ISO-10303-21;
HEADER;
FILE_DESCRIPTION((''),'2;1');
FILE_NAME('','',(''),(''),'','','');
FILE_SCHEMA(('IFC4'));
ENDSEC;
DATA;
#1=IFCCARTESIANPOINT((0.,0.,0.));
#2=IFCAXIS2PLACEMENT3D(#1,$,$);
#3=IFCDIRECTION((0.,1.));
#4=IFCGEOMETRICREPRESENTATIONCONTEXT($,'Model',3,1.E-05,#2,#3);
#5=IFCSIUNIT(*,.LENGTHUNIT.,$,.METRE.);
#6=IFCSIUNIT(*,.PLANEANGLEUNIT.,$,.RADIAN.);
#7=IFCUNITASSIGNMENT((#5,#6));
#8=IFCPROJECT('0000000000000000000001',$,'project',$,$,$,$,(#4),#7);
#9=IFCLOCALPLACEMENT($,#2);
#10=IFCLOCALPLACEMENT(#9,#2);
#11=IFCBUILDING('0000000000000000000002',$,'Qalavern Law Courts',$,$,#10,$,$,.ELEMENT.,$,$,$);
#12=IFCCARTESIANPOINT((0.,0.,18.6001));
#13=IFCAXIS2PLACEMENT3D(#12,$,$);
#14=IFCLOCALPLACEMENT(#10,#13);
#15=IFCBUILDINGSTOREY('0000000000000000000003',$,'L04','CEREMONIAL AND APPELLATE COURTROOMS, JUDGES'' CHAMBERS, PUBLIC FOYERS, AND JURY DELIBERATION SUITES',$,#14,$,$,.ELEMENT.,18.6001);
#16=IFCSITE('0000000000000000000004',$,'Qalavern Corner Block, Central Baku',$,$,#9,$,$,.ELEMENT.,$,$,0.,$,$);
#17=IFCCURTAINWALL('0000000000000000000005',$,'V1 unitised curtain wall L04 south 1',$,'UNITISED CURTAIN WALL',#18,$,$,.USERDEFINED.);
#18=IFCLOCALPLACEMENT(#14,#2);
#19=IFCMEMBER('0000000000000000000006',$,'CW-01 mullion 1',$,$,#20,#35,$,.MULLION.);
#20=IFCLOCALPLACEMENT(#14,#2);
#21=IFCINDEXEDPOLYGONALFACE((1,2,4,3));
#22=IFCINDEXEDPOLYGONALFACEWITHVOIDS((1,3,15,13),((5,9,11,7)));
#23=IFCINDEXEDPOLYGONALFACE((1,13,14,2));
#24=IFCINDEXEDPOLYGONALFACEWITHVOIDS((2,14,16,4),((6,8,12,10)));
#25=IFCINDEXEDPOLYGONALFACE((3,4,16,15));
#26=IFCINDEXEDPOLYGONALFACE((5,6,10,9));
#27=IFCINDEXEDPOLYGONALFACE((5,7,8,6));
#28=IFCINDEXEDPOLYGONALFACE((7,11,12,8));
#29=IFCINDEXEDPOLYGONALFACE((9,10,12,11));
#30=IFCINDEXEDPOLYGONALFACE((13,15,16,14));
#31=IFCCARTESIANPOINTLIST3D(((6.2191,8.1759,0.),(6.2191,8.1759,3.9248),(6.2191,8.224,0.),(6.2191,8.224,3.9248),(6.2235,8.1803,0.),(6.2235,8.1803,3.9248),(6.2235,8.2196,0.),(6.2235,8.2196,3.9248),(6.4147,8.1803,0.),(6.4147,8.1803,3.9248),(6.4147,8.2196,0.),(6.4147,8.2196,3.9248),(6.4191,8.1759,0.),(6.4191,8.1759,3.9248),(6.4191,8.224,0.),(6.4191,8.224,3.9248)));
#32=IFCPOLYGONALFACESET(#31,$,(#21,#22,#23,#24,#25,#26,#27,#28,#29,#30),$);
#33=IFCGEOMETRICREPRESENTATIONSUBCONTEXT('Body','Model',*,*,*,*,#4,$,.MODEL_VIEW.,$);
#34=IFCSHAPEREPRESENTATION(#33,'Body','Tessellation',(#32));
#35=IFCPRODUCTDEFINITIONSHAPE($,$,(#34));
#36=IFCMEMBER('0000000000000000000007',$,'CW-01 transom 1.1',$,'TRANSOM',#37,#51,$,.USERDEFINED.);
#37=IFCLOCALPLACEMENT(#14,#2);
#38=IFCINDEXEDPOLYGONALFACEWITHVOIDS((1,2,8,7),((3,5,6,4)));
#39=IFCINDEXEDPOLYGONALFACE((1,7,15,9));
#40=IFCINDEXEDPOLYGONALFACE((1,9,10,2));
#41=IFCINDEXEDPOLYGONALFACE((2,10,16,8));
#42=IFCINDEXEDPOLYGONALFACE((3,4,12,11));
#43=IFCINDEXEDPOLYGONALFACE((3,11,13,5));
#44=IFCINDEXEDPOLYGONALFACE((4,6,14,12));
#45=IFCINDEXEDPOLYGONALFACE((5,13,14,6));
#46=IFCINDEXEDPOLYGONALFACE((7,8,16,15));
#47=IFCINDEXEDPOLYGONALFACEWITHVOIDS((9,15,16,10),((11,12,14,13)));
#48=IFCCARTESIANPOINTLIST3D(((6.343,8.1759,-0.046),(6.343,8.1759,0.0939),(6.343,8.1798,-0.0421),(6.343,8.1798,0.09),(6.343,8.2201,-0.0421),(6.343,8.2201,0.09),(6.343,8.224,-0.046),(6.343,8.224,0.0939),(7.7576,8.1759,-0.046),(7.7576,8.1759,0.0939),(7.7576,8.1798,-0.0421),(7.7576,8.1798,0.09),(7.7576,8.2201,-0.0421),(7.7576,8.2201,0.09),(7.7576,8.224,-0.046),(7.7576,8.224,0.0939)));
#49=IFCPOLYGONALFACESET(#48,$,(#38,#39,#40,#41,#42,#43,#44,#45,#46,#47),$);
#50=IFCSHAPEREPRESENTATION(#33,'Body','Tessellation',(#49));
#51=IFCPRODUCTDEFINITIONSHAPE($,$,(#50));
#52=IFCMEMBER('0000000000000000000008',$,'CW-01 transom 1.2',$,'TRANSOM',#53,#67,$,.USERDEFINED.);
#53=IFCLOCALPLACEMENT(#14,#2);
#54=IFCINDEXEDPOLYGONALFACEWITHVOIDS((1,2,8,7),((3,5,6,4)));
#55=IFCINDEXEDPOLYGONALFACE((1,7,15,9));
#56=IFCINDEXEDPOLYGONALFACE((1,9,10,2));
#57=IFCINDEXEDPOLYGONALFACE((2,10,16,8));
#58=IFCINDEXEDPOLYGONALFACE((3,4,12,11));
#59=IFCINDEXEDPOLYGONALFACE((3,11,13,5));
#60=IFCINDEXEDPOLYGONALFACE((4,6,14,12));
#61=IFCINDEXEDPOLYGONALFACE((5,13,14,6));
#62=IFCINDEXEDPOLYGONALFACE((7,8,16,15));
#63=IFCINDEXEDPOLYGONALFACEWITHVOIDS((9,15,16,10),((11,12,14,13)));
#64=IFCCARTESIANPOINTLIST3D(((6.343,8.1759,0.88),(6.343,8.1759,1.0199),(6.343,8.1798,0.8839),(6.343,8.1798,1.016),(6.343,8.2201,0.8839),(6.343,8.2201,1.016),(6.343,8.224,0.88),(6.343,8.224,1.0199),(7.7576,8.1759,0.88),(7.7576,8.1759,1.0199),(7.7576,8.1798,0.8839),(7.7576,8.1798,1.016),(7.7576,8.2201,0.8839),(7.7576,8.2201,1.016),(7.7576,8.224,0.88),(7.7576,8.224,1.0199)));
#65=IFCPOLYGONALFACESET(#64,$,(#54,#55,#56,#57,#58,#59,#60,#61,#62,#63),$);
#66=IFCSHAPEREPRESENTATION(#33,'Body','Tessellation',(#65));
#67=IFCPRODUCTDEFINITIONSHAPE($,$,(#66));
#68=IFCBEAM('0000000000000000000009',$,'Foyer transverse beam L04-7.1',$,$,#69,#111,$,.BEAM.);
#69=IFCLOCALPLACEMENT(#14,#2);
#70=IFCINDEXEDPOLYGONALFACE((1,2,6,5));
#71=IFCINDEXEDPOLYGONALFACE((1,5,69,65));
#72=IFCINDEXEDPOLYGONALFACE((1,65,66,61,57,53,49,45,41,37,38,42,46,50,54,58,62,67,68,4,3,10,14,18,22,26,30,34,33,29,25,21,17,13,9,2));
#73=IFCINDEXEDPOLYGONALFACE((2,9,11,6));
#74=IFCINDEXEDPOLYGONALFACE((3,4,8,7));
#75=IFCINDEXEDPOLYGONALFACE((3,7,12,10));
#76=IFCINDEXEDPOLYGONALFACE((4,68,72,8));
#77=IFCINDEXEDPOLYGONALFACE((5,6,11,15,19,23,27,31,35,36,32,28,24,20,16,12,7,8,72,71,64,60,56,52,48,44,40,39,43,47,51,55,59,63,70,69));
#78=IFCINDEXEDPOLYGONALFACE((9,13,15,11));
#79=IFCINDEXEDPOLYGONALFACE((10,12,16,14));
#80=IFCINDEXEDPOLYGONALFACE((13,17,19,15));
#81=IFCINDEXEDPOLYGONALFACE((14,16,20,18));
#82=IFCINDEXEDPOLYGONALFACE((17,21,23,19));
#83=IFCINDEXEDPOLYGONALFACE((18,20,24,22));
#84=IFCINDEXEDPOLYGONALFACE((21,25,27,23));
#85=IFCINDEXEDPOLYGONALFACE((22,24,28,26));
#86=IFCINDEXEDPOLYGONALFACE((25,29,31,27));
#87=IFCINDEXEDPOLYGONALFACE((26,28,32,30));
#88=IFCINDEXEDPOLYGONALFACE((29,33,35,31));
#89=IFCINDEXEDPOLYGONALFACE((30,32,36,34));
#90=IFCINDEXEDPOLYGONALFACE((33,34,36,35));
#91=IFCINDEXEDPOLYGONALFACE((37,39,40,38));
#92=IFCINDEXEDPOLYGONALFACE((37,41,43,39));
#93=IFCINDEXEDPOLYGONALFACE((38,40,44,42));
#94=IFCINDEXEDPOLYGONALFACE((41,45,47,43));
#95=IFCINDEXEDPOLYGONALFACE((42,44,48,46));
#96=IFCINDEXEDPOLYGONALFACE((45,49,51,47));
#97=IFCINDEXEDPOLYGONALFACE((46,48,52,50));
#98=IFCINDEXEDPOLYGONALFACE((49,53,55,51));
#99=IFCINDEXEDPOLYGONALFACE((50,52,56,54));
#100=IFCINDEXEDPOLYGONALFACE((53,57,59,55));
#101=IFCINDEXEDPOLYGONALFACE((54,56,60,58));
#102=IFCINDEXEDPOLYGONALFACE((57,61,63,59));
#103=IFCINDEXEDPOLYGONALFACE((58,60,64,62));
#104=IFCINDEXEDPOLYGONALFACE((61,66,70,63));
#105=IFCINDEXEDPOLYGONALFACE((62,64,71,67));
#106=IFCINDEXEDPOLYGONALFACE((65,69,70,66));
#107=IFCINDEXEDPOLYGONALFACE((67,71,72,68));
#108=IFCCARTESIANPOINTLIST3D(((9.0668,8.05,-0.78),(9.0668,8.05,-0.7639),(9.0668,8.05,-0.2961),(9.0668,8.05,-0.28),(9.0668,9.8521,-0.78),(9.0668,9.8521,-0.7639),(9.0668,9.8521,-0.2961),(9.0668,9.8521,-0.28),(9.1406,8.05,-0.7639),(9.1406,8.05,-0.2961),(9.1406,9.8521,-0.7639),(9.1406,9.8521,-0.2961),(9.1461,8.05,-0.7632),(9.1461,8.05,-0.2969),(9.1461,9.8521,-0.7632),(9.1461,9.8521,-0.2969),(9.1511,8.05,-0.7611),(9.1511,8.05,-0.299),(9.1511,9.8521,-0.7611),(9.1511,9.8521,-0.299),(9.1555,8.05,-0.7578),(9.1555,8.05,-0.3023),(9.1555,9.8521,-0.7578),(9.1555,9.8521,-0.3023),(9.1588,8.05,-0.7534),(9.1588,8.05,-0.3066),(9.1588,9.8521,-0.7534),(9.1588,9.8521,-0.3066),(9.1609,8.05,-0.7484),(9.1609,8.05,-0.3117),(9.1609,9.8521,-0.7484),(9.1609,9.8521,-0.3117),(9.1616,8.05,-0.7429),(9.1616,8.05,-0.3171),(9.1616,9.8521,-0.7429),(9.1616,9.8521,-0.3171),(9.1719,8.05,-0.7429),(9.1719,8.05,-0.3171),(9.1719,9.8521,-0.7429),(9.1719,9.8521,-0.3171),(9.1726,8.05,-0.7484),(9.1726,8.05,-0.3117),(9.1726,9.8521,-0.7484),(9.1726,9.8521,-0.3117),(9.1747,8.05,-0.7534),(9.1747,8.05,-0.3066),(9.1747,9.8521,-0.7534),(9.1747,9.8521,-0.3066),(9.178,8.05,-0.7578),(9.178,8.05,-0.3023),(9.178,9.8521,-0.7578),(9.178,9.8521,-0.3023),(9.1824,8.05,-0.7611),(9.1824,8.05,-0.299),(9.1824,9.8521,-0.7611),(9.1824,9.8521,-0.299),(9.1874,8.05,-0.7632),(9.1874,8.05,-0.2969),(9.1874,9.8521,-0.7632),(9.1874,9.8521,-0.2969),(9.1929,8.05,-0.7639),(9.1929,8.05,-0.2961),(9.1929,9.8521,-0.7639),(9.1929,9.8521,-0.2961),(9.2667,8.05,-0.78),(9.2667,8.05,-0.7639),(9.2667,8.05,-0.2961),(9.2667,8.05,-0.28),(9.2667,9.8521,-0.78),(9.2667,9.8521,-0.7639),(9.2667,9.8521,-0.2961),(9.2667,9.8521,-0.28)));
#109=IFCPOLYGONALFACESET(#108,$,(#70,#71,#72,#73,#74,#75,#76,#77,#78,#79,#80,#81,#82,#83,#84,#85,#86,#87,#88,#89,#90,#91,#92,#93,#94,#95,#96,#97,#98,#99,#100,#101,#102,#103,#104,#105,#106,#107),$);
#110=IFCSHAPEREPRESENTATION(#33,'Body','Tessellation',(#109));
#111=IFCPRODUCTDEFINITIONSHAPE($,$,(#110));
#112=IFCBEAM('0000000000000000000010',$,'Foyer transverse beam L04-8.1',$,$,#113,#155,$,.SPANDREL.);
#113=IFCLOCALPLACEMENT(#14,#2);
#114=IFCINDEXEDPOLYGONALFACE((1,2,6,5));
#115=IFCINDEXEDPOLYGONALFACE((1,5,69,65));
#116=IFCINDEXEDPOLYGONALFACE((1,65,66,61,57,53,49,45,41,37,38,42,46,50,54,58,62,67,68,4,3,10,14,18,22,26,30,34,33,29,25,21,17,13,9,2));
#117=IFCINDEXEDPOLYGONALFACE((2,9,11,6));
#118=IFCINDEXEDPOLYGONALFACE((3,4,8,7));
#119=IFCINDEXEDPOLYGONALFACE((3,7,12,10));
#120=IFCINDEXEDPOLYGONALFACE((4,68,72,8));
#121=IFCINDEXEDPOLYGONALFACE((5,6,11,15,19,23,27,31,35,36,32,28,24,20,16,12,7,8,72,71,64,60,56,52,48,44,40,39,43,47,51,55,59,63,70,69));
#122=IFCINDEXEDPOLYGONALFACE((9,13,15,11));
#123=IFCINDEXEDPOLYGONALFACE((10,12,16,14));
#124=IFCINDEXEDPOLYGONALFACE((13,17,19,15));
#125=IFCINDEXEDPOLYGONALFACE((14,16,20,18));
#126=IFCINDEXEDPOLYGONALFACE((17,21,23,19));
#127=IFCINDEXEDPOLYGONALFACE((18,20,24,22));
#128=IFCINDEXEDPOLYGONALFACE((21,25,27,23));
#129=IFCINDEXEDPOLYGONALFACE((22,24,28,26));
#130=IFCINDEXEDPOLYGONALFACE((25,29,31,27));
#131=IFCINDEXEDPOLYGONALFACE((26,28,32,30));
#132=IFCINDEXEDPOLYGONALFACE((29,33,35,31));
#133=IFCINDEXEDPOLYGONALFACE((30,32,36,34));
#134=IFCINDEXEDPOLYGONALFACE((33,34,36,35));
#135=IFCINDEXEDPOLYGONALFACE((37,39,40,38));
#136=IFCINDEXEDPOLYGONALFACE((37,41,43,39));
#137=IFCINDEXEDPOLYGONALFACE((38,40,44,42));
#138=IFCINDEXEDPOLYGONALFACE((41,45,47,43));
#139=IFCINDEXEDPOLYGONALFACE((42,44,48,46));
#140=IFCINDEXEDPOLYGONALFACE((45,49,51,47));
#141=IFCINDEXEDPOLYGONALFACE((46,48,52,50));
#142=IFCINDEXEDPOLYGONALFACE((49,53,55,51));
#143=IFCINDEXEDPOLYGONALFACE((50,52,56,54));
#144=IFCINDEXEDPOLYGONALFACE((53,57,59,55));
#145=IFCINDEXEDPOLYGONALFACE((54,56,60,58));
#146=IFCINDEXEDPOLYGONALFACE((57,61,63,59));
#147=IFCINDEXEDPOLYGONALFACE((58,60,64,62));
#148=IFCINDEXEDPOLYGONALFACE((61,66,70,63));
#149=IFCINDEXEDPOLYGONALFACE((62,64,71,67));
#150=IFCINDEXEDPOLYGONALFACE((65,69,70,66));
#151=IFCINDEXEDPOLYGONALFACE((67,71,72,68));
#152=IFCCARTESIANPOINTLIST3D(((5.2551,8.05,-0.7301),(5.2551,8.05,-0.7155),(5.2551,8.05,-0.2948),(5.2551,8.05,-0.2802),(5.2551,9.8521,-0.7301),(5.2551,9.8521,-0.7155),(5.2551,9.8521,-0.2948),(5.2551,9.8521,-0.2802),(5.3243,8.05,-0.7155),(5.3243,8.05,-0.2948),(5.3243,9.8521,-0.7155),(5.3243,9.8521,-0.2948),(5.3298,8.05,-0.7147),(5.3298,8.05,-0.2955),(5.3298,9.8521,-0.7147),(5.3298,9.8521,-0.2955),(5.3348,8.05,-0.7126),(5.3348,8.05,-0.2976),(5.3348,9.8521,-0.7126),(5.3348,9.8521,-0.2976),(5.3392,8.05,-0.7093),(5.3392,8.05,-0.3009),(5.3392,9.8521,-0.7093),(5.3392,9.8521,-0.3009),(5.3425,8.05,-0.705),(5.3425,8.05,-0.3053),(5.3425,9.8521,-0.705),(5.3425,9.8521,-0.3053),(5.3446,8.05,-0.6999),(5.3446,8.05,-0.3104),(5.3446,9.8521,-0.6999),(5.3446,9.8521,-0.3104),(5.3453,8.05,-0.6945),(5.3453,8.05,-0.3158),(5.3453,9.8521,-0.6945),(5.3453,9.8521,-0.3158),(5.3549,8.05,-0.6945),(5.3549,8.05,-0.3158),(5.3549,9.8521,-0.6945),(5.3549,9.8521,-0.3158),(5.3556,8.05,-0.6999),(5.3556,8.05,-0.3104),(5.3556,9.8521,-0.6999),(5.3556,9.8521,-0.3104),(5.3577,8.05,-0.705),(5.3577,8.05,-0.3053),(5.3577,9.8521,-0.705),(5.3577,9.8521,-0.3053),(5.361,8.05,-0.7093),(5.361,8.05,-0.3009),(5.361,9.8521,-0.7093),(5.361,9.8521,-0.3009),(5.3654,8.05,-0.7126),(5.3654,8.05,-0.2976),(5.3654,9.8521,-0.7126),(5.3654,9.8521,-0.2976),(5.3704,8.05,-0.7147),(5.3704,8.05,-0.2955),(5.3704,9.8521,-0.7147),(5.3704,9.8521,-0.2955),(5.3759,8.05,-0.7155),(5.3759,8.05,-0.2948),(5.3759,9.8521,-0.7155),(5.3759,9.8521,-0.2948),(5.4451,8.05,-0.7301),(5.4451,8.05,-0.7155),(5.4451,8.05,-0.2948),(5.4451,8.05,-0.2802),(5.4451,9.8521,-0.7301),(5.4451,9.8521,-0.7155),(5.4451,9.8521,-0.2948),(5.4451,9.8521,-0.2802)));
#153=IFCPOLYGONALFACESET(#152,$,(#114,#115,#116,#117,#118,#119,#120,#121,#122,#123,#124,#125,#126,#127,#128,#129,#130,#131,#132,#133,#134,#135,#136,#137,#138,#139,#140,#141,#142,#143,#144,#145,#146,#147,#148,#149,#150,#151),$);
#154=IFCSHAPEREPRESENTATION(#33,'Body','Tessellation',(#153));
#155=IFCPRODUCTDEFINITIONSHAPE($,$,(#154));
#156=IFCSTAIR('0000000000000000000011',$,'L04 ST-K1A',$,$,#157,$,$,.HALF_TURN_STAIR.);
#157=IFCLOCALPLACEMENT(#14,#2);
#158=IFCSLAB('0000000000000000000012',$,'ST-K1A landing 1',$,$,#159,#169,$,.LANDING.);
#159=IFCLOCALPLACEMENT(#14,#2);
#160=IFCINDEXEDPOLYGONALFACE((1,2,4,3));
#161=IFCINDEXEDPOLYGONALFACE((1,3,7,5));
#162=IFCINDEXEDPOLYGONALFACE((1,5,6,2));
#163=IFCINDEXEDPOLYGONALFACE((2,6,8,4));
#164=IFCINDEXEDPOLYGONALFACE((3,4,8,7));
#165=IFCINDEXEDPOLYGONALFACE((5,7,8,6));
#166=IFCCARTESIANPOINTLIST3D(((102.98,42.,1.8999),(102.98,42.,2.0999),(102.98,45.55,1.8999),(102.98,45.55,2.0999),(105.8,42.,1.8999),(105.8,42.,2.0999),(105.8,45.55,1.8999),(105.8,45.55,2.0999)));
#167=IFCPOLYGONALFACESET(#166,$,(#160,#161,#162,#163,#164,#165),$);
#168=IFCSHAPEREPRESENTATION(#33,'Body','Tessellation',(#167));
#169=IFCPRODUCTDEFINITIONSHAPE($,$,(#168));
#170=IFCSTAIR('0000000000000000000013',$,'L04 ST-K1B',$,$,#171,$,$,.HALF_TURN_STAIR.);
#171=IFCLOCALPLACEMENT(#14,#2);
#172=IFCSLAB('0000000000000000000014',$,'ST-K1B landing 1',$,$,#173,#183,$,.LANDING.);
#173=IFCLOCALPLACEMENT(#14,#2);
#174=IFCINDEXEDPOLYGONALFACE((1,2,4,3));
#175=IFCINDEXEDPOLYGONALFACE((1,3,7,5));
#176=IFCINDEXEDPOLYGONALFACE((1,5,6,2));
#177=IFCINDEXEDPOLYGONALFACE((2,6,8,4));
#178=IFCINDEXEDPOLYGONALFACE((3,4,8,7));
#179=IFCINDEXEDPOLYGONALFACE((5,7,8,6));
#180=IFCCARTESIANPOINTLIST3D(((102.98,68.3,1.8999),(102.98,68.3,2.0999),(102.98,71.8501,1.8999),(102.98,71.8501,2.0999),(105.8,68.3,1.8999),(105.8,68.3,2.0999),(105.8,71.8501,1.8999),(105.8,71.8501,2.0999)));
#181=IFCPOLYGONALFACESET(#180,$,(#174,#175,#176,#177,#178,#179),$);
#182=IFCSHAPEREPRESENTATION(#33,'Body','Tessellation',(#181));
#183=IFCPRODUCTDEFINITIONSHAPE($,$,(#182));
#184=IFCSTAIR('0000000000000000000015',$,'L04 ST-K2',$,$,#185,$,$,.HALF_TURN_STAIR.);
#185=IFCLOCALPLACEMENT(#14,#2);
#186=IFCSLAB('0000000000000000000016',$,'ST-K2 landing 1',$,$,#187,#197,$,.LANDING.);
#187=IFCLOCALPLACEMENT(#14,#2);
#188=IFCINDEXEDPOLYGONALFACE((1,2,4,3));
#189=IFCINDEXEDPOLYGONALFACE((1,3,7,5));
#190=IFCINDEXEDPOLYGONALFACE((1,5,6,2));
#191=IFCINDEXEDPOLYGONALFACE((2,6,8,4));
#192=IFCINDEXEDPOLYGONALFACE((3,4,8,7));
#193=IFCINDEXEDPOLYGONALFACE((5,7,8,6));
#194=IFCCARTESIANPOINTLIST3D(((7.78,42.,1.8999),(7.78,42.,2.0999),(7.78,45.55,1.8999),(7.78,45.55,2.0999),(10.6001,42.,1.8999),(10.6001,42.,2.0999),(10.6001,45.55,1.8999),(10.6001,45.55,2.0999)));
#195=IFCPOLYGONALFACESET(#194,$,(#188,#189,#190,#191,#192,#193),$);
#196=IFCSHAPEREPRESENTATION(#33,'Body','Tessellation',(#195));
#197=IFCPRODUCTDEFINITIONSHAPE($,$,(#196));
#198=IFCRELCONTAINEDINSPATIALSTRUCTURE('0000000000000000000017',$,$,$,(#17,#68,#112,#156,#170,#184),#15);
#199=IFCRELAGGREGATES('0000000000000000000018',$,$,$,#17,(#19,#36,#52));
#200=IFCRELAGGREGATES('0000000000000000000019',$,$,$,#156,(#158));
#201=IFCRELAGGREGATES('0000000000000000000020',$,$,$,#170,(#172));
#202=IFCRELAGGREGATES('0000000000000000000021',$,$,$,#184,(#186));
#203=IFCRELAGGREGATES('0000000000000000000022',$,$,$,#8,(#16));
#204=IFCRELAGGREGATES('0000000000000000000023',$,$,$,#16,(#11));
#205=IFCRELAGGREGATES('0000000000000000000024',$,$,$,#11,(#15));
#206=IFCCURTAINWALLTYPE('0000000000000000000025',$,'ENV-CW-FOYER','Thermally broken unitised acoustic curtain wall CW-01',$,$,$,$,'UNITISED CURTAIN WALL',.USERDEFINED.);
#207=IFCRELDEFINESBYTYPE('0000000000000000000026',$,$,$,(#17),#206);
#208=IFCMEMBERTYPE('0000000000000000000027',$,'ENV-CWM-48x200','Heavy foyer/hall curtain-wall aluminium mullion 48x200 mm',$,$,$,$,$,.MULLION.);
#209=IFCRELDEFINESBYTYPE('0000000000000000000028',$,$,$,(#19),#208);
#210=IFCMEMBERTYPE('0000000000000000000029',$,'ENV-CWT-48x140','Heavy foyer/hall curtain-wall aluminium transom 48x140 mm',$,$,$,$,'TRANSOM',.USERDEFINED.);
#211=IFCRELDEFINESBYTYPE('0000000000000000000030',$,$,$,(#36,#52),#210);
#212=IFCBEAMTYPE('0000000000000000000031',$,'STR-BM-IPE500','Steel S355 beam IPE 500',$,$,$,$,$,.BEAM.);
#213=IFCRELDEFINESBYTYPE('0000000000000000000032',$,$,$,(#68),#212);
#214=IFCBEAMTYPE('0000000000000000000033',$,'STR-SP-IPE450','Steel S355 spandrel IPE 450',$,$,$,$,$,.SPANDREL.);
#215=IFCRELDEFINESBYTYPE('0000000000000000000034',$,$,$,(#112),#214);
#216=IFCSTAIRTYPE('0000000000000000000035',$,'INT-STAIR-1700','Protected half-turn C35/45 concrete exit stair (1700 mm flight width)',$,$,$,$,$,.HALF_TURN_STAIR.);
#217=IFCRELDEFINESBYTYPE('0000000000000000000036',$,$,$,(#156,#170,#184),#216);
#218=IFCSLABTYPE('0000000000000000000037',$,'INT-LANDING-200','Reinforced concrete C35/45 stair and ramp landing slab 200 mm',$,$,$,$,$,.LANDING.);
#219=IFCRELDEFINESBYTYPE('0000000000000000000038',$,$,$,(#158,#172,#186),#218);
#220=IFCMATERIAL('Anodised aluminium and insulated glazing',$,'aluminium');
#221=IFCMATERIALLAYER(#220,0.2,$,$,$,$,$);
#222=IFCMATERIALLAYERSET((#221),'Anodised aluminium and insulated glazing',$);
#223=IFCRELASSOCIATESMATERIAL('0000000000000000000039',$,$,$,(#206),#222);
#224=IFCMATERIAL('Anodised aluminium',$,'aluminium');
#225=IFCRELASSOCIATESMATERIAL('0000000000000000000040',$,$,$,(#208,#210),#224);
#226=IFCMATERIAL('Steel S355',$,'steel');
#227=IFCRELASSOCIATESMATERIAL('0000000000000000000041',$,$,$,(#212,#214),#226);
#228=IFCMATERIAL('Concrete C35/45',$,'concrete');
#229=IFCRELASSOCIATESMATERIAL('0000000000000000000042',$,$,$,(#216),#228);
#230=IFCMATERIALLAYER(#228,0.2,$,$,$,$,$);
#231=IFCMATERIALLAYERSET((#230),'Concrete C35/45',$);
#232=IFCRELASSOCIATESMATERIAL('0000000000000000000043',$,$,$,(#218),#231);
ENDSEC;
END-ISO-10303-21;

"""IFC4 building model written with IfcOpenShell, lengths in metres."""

from ifc_helpers import new_model, si_unit, direction, frame, origin, origin_2d, place, context, subcontext, project, spatial, polyline, hollow_rectangle, i_section, outline, extrude, material, layer, layer_set, material_profile, profile_set, type_object, element, aggregate, save


model = new_model("IFC4")

# Units and contexts
model_context = context("Model", 3, precision=1e-05, world=origin(), true_north=direction((0.0, 1.0)))
body_context = subcontext(model_context, "Body", "Model", "MODEL_VIEW")
ifc_project = project(units=[si_unit("LENGTHUNIT", "METRE"), si_unit("PLANEANGLEUNIT", "RADIAN")], contexts=[model_context])

# Site, building, storey
site_placement = place(None, origin())
site = spatial("IfcSite", under=ifc_project, at=site_placement, Name="Qalavern Corner Block, Central Baku", CompositionType="ELEMENT", RefElevation=0.0)
building_placement = place(site_placement, origin())
building = spatial("IfcBuilding", under=site, at=building_placement, Name="Qalavern Law Courts", CompositionType="ELEMENT")
storey_placement = place(building_placement, frame((0.0, 0.0, 18.6001)))
storey = spatial("IfcBuildingStorey", under=building, at=storey_placement, Name="L04", Description="CEREMONIAL AND APPELLATE COURTROOMS, JUDGES' CHAMBERS, PUBLIC FOYERS, AND JURY DELIBERATION SUITES", CompositionType="ELEMENT", Elevation=18.6001)

# Curtain wall, members
ifc_material_1 = material(Name="Anodised aluminium and insulated glazing", Category="aluminium")
ifc_layer_1 = layer(ifc_material_1, 0.2)
ifc_layer_set_1 = layer_set([ifc_layer_1], Name="Anodised aluminium and insulated glazing")
curtain_wall_type = type_object("IfcCurtainWallType", Name="ENV-CW-FOYER", Description="Thermally broken unitised acoustic curtain wall CW-01", ElementType="UNITISED CURTAIN WALL", PredefinedType="USERDEFINED", material=ifc_layer_set_1)
curtain_wall_placement = place(storey_placement, origin())
curtain_wall = element("IfcCurtainWall", 1, at=curtain_wall_placement, inside=storey, type_object=curtain_wall_type, Name="V1 unitised curtain wall L04 south 1", ObjectType="UNITISED CURTAIN WALL", PredefinedType="USERDEFINED")
ifc_material_2 = material(Name="Anodised aluminium", Category="aluminium")
ifc_material_profile_1 = material_profile(ifc_material_2, hollow_rectangle(XDim=0.0481, YDim=0.2, WallThickness=0.0044, at=origin_2d()), Name="ALU MULLION 48x200")
ifc_profile_set_1 = profile_set([ifc_material_profile_1], Name="Anodised aluminium")
member_type_1 = type_object("IfcMemberType", Name="ENV-CWM-48x200", Description="Heavy foyer/hall curtain-wall aluminium mullion 48x200 mm", PredefinedType="MULLION", material=ifc_profile_set_1)
member_1_placement = place(storey_placement, frame((6.3191, 8.2, 0.0), z_axis=(0.0, 0.0, 1.0), x_axis=(0.0, 1.0, 0.0)))
member_1 = element("IfcMember", 2, at=member_1_placement, type_object=member_type_1, Name="CW-01 mullion 1", PredefinedType="MULLION", context=body_context, shape_type="SweptSolid", body=[
    extrude(hollow_rectangle(XDim=0.0481, YDim=0.2, WallThickness=0.0044, at=origin_2d()), origin(), (0.0, 0.0, 1.0), 3.9248),
])
ifc_material_profile_2 = material_profile(ifc_material_2, hollow_rectangle(XDim=0.0481, YDim=0.1399, WallThickness=0.0039, at=origin_2d()), Name="ALU TRANSOM 48x140")
ifc_profile_set_2 = profile_set([ifc_material_profile_2], Name="Anodised aluminium")
member_type_2 = type_object("IfcMemberType", Name="ENV-CWT-48x140", Description="Heavy foyer/hall curtain-wall aluminium transom 48x140 mm", ElementType="TRANSOM", PredefinedType="USERDEFINED", material=ifc_profile_set_2)
member_2_placement = place(storey_placement, frame((6.343, 8.2, 0.0239), z_axis=(1.0, 0.0, 0.0), x_axis=(0.0, 1.0, 0.0)))
member_2 = element("IfcMember", 3, at=member_2_placement, type_object=member_type_2, Name="CW-01 transom 1.1", ObjectType="TRANSOM", PredefinedType="USERDEFINED", context=body_context, shape_type="SweptSolid", body=[
    extrude(hollow_rectangle(XDim=0.0481, YDim=0.1399, WallThickness=0.0039, at=origin_2d()), origin(), (0.0, 0.0, 1.0), 1.4146),
])
member_3_placement = place(storey_placement, frame((6.343, 8.2, 0.95), z_axis=(1.0, 0.0, 0.0), x_axis=(0.0, 1.0, 0.0)))
member_3 = element("IfcMember", 4, at=member_3_placement, type_object=member_type_2, Name="CW-01 transom 1.2", ObjectType="TRANSOM", PredefinedType="USERDEFINED", context=body_context, shape_type="SweptSolid", body=[
    extrude(hollow_rectangle(XDim=0.0481, YDim=0.1399, WallThickness=0.0039, at=origin_2d()), origin(), (0.0, 0.0, 1.0), 1.4146),
])
aggregate(curtain_wall, [member_1, member_2, member_3])

# Beams
ifc_material_3 = material(Name="Steel S355", Category="steel")
ifc_material_profile_3 = material_profile(ifc_material_3, i_section(OverallWidth=0.2, OverallDepth=0.5, WebThickness=0.0103, FlangeThickness=0.0161, FilletRadius=0.021, at=origin_2d()), Name="IPE 500")
ifc_profile_set_3 = profile_set([ifc_material_profile_3], Name="Steel S355")
beam_type_1 = type_object("IfcBeamType", Name="STR-BM-IPE500", Description="Steel S355 beam IPE 500", PredefinedType="BEAM", material=ifc_profile_set_3)
beam_1_placement = place(storey_placement, frame((9.1667, 8.05, -0.53), z_axis=(0.0, 1.0, 0.0), x_axis=(-1.0, 0.0, 0.0)))
element("IfcBeam", 5, at=beam_1_placement, inside=storey, type_object=beam_type_1, Name="Foyer transverse beam L04-7.1", PredefinedType="BEAM", context=body_context, shape_type="SweptSolid", body=[
    extrude(i_section(OverallWidth=0.2, OverallDepth=0.5, WebThickness=0.0103, FlangeThickness=0.0161, FilletRadius=0.021, at=origin_2d()), origin(), (0.0, 0.0, 1.0), 1.802),
])
ifc_material_profile_4 = material_profile(ifc_material_3, i_section(OverallWidth=0.1899, OverallDepth=0.45, WebThickness=0.0095, FlangeThickness=0.0146, FilletRadius=0.021, at=origin_2d()), Name="IPE 450")
ifc_profile_set_4 = profile_set([ifc_material_profile_4], Name="Steel S355")
beam_type_2 = type_object("IfcBeamType", Name="STR-SP-IPE450", Description="Steel S355 spandrel IPE 450", PredefinedType="SPANDREL", material=ifc_profile_set_4)
beam_2_placement = place(storey_placement, frame((5.3501, 8.05, -0.5051), z_axis=(0.0, 1.0, 0.0), x_axis=(-1.0, 0.0, 0.0)))
element("IfcBeam", 6, at=beam_2_placement, inside=storey, type_object=beam_type_2, Name="Foyer transverse beam L04-8.1", PredefinedType="SPANDREL", context=body_context, shape_type="SweptSolid", body=[
    extrude(i_section(OverallWidth=0.1899, OverallDepth=0.45, WebThickness=0.0095, FlangeThickness=0.0146, FilletRadius=0.021, at=origin_2d()), origin(), (0.0, 0.0, 1.0), 1.802),
])

# Stairs, slabs
ifc_material_4 = material(Name="Concrete C35/45", Category="concrete")
stair_type = type_object("IfcStairType", Name="INT-STAIR-1700", Description="Protected half-turn C35/45 concrete exit stair (1700 mm flight width)", PredefinedType="HALF_TURN_STAIR", material=ifc_material_4)
stair_1_placement = place(storey_placement, origin())
stair_1 = element("IfcStair", 7, at=stair_1_placement, inside=storey, type_object=stair_type, Name="L04 ST-K1A", PredefinedType="HALF_TURN_STAIR")
ifc_layer_2 = layer(ifc_material_4, 0.2)
ifc_layer_set_2 = layer_set([ifc_layer_2], Name="Concrete C35/45")
slab_type_1 = type_object("IfcSlabType", Name="INT-LANDING-200", Description="Reinforced concrete C35/45 stair and ramp landing slab 200 mm", PredefinedType="LANDING", material=ifc_layer_set_2)
slab_1_placement = place(storey_placement, frame((0.0, 0.0, 1.8999)))
slab_1 = element("IfcSlab", 8, at=slab_1_placement, type_object=slab_type_1, Name="ST-K1A landing 1", PredefinedType="LANDING", context=body_context, shape_type="SweptSolid", body=[
    extrude(outline(polyline([(102.98, 42.0), (105.8, 42.0), (105.8, 45.55), (102.98, 45.55), (102.98, 42.0)])), origin(), (0.0, 0.0, 1.0), 0.2),
])
aggregate(stair_1, [slab_1])
stair_2_placement = place(storey_placement, origin())
stair_2 = element("IfcStair", 9, at=stair_2_placement, inside=storey, type_object=stair_type, Name="L04 ST-K1B", PredefinedType="HALF_TURN_STAIR")
slab_2_placement = place(storey_placement, frame((0.0, 0.0, 1.8999)))
slab_2 = element("IfcSlab", 10, at=slab_2_placement, type_object=slab_type_1, Name="ST-K1B landing 1", PredefinedType="LANDING", context=body_context, shape_type="SweptSolid", body=[
    extrude(outline(polyline([(102.98, 68.3), (105.8, 68.3), (105.8, 71.8501), (102.98, 71.8501), (102.98, 68.3)])), origin(), (0.0, 0.0, 1.0), 0.2),
])
aggregate(stair_2, [slab_2])
stair_3_placement = place(storey_placement, origin())
stair_3 = element("IfcStair", 11, at=stair_3_placement, inside=storey, type_object=stair_type, Name="L04 ST-K2", PredefinedType="HALF_TURN_STAIR")
slab_3_placement = place(storey_placement, frame((0.0, 0.0, 1.8999)))
slab_3 = element("IfcSlab", 12, at=slab_3_placement, type_object=slab_type_1, Name="ST-K2 landing 1", PredefinedType="LANDING", context=body_context, shape_type="SweptSolid", body=[
    extrude(outline(polyline([(7.78, 42.0), (10.6001, 42.0), (10.6001, 45.55), (7.78, 45.55), (7.78, 42.0)])), origin(), (0.0, 0.0, 1.0), 0.2),
])
aggregate(stair_3, [slab_3])

save(model, "model.ifc")
